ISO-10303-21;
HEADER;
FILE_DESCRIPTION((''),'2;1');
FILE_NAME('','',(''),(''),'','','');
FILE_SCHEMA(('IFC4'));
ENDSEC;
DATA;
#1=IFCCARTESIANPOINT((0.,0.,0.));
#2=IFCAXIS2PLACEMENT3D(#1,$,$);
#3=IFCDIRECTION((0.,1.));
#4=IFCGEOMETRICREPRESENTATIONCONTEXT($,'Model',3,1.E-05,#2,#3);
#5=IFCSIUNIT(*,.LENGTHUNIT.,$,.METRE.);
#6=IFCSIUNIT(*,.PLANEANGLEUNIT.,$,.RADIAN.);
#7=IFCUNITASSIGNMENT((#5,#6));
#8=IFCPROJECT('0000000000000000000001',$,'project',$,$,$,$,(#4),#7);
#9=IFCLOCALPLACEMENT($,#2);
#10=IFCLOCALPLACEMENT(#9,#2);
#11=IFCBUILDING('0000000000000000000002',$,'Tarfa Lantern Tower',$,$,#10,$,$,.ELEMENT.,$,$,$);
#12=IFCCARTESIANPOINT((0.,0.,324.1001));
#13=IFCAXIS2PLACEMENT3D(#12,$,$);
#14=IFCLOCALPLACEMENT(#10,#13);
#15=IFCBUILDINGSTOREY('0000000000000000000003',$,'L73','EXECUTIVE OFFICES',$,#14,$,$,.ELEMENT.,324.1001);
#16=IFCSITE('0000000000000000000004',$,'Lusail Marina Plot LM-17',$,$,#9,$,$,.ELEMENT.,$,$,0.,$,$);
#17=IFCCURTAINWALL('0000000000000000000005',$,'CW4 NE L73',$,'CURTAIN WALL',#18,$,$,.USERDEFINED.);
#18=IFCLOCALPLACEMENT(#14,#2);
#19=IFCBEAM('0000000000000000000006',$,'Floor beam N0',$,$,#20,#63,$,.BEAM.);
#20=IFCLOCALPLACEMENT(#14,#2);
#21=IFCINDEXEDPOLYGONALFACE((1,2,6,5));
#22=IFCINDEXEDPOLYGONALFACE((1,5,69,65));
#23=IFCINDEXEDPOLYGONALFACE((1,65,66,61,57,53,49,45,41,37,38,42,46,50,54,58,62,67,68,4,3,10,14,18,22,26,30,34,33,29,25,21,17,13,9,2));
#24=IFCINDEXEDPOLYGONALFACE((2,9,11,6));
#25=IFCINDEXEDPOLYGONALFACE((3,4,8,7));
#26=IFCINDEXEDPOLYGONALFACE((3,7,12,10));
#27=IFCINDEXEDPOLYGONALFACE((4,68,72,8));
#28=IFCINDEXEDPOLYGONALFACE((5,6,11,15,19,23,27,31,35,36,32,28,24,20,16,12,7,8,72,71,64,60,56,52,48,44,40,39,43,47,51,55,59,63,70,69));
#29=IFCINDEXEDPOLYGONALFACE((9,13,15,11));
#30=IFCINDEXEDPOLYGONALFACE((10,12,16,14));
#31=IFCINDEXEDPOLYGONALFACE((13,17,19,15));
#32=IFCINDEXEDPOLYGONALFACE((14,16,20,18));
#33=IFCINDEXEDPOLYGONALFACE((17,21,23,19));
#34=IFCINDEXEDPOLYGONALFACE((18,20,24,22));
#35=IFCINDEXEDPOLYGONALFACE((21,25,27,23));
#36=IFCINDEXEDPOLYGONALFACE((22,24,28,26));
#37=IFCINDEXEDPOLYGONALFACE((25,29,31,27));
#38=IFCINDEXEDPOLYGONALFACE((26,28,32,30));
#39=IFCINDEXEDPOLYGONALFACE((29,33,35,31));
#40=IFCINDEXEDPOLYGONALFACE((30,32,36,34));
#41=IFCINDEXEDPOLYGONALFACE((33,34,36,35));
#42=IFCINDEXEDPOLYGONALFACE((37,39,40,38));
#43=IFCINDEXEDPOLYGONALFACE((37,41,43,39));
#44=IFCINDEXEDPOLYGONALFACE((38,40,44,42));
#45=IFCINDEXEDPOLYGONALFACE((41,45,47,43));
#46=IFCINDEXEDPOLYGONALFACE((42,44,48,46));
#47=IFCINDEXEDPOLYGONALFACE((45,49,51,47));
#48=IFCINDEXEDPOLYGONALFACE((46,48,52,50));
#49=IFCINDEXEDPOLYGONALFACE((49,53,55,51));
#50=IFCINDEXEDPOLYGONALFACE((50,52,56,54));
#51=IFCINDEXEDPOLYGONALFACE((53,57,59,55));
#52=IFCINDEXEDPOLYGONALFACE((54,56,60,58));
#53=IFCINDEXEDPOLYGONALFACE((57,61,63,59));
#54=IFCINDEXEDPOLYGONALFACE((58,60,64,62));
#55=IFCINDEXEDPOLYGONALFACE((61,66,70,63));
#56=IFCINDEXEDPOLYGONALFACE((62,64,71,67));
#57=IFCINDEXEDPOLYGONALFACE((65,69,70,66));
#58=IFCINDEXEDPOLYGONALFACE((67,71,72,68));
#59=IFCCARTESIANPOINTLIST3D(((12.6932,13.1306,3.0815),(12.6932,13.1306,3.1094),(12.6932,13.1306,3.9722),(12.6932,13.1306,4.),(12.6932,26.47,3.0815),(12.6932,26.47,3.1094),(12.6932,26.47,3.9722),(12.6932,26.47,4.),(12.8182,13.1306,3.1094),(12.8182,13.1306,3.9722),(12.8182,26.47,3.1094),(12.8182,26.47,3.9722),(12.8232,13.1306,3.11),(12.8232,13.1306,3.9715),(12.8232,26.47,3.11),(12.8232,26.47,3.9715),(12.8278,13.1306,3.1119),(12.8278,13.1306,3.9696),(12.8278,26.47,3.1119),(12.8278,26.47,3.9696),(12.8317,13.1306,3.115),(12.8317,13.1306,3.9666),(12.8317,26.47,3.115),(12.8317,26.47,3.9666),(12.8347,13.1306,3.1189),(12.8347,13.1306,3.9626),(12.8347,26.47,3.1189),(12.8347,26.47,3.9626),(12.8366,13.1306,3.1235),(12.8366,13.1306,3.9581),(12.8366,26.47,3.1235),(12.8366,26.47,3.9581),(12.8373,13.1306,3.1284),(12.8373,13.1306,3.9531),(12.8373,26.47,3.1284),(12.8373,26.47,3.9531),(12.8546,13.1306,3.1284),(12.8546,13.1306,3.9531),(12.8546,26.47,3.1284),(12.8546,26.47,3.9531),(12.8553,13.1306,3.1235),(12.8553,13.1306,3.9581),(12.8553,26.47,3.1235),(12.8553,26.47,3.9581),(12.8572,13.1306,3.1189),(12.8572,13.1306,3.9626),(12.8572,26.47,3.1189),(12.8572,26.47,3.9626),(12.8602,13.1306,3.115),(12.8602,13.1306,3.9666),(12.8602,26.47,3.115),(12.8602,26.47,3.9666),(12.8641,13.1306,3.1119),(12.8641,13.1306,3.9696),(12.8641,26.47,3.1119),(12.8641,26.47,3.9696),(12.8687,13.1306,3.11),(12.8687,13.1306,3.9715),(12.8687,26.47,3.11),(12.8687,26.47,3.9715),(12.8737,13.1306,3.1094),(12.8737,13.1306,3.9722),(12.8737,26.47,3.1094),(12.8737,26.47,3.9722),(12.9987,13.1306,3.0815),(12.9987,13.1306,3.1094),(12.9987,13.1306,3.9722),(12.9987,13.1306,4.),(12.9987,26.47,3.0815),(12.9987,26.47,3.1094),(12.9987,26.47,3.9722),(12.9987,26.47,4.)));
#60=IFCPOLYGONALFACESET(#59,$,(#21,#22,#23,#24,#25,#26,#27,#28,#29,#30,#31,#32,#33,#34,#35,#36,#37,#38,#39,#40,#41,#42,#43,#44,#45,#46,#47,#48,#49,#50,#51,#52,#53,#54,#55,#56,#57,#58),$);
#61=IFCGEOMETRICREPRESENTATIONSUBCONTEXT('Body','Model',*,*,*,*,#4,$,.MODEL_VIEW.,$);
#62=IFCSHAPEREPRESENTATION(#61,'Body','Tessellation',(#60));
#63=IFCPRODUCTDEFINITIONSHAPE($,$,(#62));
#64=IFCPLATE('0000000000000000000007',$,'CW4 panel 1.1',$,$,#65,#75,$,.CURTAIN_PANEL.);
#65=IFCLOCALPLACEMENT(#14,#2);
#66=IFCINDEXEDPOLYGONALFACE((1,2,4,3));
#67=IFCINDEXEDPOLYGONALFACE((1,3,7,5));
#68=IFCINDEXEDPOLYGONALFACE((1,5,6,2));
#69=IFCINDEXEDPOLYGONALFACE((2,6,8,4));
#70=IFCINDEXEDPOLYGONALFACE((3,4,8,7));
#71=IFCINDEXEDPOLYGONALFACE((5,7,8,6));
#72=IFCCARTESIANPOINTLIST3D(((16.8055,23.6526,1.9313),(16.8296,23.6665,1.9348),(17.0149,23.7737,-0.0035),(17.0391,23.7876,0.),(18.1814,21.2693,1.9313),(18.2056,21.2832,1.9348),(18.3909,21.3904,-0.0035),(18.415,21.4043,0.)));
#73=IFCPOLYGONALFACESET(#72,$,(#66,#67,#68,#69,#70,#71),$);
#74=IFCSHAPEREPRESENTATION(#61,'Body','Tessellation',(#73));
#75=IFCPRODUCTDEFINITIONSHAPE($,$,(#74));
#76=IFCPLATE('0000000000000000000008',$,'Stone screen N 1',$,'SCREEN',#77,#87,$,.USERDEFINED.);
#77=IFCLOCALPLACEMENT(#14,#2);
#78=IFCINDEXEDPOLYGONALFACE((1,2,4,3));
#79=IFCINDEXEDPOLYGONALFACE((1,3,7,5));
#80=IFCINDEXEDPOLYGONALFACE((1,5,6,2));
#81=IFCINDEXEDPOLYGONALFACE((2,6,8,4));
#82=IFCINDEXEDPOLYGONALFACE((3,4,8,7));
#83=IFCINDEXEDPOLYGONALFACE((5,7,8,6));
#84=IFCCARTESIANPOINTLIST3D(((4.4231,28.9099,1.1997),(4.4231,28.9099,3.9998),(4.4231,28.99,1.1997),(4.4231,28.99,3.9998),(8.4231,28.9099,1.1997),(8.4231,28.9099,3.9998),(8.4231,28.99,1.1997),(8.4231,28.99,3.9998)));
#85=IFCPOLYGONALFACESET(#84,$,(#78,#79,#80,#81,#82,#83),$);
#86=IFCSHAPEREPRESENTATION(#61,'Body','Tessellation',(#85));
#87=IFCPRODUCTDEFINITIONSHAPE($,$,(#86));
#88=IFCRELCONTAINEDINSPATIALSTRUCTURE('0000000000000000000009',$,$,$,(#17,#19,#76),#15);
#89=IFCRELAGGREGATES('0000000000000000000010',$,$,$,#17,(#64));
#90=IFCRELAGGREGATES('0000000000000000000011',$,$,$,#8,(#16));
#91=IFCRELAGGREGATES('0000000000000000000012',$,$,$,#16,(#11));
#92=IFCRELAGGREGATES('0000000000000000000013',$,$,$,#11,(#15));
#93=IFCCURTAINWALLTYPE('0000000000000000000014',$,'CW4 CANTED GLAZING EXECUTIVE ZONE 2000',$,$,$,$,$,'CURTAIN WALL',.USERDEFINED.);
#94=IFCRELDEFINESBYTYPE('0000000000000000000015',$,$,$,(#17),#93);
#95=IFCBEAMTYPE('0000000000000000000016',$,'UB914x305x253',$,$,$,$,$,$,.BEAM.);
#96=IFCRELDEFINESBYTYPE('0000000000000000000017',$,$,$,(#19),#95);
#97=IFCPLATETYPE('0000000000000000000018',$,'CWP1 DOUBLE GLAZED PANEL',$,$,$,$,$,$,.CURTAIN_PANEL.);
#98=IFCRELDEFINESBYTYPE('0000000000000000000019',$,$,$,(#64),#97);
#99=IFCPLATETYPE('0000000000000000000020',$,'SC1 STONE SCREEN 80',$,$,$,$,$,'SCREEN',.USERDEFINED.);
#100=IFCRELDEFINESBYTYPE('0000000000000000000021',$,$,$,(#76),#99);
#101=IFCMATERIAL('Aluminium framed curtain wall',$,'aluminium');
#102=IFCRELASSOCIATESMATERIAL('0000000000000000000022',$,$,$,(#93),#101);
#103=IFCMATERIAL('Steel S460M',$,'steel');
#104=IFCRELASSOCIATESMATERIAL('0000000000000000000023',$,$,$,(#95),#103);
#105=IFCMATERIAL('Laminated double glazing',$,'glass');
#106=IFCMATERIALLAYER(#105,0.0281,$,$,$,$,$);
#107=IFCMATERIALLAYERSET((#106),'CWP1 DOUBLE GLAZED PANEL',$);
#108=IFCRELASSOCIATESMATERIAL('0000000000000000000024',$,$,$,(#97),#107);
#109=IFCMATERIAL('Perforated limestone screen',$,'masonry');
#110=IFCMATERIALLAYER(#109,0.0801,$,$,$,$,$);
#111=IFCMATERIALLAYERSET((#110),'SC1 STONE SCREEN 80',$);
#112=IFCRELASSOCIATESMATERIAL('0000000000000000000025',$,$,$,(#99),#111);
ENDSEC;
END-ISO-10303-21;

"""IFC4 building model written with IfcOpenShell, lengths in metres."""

from ifc_helpers import new_model, si_unit, direction, frame, origin, origin_2d, place, context, subcontext, project, spatial, polyline, rectangle, i_section, outline, extrude, material, layer, layer_set, material_profile, profile_set, type_object, element, aggregate, save


model = new_model("IFC4")

# Units and contexts
model_context = context("Model", 3, precision=1e-05, world=origin(), true_north=direction((0.0, 1.0)))
body_context = subcontext(model_context, "Body", "Model", "MODEL_VIEW")
ifc_project = project(units=[si_unit("LENGTHUNIT", "METRE"), si_unit("PLANEANGLEUNIT", "RADIAN")], contexts=[model_context])

# Site, building, storey
site_placement = place(None, origin())
site = spatial("IfcSite", under=ifc_project, at=site_placement, Name="Lusail Marina Plot LM-17", CompositionType="ELEMENT", RefElevation=0.0)
building_placement = place(site_placement, origin())
building = spatial("IfcBuilding", under=site, at=building_placement, Name="Tarfa Lantern Tower", CompositionType="ELEMENT")
storey_placement = place(building_placement, frame((0.0, 0.0, 324.1001)))
storey = spatial("IfcBuildingStorey", under=building, at=storey_placement, Name="L73", Description="EXECUTIVE OFFICES", CompositionType="ELEMENT", Elevation=324.1001)

# Curtain wall
ifc_material_1 = material(Name="Aluminium framed curtain wall", Category="aluminium")
curtain_wall_type = type_object("IfcCurtainWallType", Name="CW4 CANTED GLAZING EXECUTIVE ZONE 2000", ElementType="CURTAIN WALL", PredefinedType="USERDEFINED", material=ifc_material_1)
curtain_wall_placement = place(storey_placement, origin())
curtain_wall = element("IfcCurtainWall", 1, at=curtain_wall_placement, inside=storey, type_object=curtain_wall_type, Name="CW4 NE L73", ObjectType="CURTAIN WALL", PredefinedType="USERDEFINED")

# Beam
ifc_material_2 = material(Name="Steel S460M", Category="steel")
ifc_material_profile_1 = material_profile(ifc_material_2, i_section(OverallWidth=0.3054, OverallDepth=0.9185, WebThickness=0.0173, FlangeThickness=0.0278, FilletRadius=0.019, at=origin_2d()), Name="UB914x305x253")
ifc_profile_set_1 = profile_set([ifc_material_profile_1], Name="Steel S460M")
beam_type_1 = type_object("IfcBeamType", Name="UB914x305x253", PredefinedType="BEAM", material=ifc_profile_set_1)
beam_1_placement = place(storey_placement, frame((12.8459, 26.47, 3.5408), z_axis=(0.0, -1.0, 0.0), x_axis=(1.0, 0.0, 0.0)))
element("IfcBeam", 2, at=beam_1_placement, inside=storey, type_object=beam_type_1, Name="Floor beam N0", PredefinedType="BEAM", context=body_context, shape_type="SweptSolid", body=[
    extrude(i_section(OverallWidth=0.3054, OverallDepth=0.9185, WebThickness=0.0173, FlangeThickness=0.0278, FilletRadius=0.019, at=origin_2d()), origin(), (0.0, 0.0, 1.0), 13.3394),
])

# Plates
ifc_material_3 = material(Name="Laminated double glazing", Category="glass")
ifc_layer_1 = layer(ifc_material_3, 0.0281)
ifc_layer_set_1 = layer_set([ifc_layer_1], Name="CWP1 DOUBLE GLAZED PANEL")
plate_type_1 = type_object("IfcPlateType", Name="CWP1 DOUBLE GLAZED PANEL", PredefinedType="CURTAIN_PANEL", material=ifc_layer_set_1)
plate_1_placement = place(storey_placement, frame((18.415, 21.4043, 0.0), z_axis=(0.859336, 0.49613, 0.124087), x_axis=(-0.499994, 0.866029, 0.0)))
plate_1 = element("IfcPlate", 3, at=plate_1_placement, type_object=plate_type_1, Name="CW4 panel 1.1", PredefinedType="CURTAIN_PANEL", context=body_context, shape_type="SweptSolid", body=[
    extrude(outline(polyline([(0.0, 0.0), (2.752, 0.0), (2.7519, 1.9499), (-0.0001, 1.9499), (0.0, 0.0)])), origin(), (0.0, 0.0, -1.0), 0.0281),
])
aggregate(curtain_wall, [plate_1])
ifc_material_4 = material(Name="Perforated limestone screen", Category="masonry")
ifc_layer_2 = layer(ifc_material_4, 0.0801)
ifc_layer_set_2 = layer_set([ifc_layer_2], Name="SC1 STONE SCREEN 80")
plate_type_2 = type_object("IfcPlateType", Name="SC1 STONE SCREEN 80", ElementType="SCREEN", PredefinedType="USERDEFINED", material=ifc_layer_set_2)
plate_2_placement = place(storey_placement, frame((6.4231, 28.95, 1.1997), z_axis=(0.0, 0.0, 1.0), x_axis=(-1.0, 0.0, 0.0)))
element("IfcPlate", 4, at=plate_2_placement, inside=storey, type_object=plate_type_2, Name="Stone screen N 1", ObjectType="SCREEN", PredefinedType="USERDEFINED", context=body_context, shape_type="SweptSolid", body=[
    extrude(rectangle(XDim=4.0, YDim=0.0801, at=origin_2d()), origin(), (0.0, 0.0, 1.0), 2.8),
])

save(model, "model.ifc")
